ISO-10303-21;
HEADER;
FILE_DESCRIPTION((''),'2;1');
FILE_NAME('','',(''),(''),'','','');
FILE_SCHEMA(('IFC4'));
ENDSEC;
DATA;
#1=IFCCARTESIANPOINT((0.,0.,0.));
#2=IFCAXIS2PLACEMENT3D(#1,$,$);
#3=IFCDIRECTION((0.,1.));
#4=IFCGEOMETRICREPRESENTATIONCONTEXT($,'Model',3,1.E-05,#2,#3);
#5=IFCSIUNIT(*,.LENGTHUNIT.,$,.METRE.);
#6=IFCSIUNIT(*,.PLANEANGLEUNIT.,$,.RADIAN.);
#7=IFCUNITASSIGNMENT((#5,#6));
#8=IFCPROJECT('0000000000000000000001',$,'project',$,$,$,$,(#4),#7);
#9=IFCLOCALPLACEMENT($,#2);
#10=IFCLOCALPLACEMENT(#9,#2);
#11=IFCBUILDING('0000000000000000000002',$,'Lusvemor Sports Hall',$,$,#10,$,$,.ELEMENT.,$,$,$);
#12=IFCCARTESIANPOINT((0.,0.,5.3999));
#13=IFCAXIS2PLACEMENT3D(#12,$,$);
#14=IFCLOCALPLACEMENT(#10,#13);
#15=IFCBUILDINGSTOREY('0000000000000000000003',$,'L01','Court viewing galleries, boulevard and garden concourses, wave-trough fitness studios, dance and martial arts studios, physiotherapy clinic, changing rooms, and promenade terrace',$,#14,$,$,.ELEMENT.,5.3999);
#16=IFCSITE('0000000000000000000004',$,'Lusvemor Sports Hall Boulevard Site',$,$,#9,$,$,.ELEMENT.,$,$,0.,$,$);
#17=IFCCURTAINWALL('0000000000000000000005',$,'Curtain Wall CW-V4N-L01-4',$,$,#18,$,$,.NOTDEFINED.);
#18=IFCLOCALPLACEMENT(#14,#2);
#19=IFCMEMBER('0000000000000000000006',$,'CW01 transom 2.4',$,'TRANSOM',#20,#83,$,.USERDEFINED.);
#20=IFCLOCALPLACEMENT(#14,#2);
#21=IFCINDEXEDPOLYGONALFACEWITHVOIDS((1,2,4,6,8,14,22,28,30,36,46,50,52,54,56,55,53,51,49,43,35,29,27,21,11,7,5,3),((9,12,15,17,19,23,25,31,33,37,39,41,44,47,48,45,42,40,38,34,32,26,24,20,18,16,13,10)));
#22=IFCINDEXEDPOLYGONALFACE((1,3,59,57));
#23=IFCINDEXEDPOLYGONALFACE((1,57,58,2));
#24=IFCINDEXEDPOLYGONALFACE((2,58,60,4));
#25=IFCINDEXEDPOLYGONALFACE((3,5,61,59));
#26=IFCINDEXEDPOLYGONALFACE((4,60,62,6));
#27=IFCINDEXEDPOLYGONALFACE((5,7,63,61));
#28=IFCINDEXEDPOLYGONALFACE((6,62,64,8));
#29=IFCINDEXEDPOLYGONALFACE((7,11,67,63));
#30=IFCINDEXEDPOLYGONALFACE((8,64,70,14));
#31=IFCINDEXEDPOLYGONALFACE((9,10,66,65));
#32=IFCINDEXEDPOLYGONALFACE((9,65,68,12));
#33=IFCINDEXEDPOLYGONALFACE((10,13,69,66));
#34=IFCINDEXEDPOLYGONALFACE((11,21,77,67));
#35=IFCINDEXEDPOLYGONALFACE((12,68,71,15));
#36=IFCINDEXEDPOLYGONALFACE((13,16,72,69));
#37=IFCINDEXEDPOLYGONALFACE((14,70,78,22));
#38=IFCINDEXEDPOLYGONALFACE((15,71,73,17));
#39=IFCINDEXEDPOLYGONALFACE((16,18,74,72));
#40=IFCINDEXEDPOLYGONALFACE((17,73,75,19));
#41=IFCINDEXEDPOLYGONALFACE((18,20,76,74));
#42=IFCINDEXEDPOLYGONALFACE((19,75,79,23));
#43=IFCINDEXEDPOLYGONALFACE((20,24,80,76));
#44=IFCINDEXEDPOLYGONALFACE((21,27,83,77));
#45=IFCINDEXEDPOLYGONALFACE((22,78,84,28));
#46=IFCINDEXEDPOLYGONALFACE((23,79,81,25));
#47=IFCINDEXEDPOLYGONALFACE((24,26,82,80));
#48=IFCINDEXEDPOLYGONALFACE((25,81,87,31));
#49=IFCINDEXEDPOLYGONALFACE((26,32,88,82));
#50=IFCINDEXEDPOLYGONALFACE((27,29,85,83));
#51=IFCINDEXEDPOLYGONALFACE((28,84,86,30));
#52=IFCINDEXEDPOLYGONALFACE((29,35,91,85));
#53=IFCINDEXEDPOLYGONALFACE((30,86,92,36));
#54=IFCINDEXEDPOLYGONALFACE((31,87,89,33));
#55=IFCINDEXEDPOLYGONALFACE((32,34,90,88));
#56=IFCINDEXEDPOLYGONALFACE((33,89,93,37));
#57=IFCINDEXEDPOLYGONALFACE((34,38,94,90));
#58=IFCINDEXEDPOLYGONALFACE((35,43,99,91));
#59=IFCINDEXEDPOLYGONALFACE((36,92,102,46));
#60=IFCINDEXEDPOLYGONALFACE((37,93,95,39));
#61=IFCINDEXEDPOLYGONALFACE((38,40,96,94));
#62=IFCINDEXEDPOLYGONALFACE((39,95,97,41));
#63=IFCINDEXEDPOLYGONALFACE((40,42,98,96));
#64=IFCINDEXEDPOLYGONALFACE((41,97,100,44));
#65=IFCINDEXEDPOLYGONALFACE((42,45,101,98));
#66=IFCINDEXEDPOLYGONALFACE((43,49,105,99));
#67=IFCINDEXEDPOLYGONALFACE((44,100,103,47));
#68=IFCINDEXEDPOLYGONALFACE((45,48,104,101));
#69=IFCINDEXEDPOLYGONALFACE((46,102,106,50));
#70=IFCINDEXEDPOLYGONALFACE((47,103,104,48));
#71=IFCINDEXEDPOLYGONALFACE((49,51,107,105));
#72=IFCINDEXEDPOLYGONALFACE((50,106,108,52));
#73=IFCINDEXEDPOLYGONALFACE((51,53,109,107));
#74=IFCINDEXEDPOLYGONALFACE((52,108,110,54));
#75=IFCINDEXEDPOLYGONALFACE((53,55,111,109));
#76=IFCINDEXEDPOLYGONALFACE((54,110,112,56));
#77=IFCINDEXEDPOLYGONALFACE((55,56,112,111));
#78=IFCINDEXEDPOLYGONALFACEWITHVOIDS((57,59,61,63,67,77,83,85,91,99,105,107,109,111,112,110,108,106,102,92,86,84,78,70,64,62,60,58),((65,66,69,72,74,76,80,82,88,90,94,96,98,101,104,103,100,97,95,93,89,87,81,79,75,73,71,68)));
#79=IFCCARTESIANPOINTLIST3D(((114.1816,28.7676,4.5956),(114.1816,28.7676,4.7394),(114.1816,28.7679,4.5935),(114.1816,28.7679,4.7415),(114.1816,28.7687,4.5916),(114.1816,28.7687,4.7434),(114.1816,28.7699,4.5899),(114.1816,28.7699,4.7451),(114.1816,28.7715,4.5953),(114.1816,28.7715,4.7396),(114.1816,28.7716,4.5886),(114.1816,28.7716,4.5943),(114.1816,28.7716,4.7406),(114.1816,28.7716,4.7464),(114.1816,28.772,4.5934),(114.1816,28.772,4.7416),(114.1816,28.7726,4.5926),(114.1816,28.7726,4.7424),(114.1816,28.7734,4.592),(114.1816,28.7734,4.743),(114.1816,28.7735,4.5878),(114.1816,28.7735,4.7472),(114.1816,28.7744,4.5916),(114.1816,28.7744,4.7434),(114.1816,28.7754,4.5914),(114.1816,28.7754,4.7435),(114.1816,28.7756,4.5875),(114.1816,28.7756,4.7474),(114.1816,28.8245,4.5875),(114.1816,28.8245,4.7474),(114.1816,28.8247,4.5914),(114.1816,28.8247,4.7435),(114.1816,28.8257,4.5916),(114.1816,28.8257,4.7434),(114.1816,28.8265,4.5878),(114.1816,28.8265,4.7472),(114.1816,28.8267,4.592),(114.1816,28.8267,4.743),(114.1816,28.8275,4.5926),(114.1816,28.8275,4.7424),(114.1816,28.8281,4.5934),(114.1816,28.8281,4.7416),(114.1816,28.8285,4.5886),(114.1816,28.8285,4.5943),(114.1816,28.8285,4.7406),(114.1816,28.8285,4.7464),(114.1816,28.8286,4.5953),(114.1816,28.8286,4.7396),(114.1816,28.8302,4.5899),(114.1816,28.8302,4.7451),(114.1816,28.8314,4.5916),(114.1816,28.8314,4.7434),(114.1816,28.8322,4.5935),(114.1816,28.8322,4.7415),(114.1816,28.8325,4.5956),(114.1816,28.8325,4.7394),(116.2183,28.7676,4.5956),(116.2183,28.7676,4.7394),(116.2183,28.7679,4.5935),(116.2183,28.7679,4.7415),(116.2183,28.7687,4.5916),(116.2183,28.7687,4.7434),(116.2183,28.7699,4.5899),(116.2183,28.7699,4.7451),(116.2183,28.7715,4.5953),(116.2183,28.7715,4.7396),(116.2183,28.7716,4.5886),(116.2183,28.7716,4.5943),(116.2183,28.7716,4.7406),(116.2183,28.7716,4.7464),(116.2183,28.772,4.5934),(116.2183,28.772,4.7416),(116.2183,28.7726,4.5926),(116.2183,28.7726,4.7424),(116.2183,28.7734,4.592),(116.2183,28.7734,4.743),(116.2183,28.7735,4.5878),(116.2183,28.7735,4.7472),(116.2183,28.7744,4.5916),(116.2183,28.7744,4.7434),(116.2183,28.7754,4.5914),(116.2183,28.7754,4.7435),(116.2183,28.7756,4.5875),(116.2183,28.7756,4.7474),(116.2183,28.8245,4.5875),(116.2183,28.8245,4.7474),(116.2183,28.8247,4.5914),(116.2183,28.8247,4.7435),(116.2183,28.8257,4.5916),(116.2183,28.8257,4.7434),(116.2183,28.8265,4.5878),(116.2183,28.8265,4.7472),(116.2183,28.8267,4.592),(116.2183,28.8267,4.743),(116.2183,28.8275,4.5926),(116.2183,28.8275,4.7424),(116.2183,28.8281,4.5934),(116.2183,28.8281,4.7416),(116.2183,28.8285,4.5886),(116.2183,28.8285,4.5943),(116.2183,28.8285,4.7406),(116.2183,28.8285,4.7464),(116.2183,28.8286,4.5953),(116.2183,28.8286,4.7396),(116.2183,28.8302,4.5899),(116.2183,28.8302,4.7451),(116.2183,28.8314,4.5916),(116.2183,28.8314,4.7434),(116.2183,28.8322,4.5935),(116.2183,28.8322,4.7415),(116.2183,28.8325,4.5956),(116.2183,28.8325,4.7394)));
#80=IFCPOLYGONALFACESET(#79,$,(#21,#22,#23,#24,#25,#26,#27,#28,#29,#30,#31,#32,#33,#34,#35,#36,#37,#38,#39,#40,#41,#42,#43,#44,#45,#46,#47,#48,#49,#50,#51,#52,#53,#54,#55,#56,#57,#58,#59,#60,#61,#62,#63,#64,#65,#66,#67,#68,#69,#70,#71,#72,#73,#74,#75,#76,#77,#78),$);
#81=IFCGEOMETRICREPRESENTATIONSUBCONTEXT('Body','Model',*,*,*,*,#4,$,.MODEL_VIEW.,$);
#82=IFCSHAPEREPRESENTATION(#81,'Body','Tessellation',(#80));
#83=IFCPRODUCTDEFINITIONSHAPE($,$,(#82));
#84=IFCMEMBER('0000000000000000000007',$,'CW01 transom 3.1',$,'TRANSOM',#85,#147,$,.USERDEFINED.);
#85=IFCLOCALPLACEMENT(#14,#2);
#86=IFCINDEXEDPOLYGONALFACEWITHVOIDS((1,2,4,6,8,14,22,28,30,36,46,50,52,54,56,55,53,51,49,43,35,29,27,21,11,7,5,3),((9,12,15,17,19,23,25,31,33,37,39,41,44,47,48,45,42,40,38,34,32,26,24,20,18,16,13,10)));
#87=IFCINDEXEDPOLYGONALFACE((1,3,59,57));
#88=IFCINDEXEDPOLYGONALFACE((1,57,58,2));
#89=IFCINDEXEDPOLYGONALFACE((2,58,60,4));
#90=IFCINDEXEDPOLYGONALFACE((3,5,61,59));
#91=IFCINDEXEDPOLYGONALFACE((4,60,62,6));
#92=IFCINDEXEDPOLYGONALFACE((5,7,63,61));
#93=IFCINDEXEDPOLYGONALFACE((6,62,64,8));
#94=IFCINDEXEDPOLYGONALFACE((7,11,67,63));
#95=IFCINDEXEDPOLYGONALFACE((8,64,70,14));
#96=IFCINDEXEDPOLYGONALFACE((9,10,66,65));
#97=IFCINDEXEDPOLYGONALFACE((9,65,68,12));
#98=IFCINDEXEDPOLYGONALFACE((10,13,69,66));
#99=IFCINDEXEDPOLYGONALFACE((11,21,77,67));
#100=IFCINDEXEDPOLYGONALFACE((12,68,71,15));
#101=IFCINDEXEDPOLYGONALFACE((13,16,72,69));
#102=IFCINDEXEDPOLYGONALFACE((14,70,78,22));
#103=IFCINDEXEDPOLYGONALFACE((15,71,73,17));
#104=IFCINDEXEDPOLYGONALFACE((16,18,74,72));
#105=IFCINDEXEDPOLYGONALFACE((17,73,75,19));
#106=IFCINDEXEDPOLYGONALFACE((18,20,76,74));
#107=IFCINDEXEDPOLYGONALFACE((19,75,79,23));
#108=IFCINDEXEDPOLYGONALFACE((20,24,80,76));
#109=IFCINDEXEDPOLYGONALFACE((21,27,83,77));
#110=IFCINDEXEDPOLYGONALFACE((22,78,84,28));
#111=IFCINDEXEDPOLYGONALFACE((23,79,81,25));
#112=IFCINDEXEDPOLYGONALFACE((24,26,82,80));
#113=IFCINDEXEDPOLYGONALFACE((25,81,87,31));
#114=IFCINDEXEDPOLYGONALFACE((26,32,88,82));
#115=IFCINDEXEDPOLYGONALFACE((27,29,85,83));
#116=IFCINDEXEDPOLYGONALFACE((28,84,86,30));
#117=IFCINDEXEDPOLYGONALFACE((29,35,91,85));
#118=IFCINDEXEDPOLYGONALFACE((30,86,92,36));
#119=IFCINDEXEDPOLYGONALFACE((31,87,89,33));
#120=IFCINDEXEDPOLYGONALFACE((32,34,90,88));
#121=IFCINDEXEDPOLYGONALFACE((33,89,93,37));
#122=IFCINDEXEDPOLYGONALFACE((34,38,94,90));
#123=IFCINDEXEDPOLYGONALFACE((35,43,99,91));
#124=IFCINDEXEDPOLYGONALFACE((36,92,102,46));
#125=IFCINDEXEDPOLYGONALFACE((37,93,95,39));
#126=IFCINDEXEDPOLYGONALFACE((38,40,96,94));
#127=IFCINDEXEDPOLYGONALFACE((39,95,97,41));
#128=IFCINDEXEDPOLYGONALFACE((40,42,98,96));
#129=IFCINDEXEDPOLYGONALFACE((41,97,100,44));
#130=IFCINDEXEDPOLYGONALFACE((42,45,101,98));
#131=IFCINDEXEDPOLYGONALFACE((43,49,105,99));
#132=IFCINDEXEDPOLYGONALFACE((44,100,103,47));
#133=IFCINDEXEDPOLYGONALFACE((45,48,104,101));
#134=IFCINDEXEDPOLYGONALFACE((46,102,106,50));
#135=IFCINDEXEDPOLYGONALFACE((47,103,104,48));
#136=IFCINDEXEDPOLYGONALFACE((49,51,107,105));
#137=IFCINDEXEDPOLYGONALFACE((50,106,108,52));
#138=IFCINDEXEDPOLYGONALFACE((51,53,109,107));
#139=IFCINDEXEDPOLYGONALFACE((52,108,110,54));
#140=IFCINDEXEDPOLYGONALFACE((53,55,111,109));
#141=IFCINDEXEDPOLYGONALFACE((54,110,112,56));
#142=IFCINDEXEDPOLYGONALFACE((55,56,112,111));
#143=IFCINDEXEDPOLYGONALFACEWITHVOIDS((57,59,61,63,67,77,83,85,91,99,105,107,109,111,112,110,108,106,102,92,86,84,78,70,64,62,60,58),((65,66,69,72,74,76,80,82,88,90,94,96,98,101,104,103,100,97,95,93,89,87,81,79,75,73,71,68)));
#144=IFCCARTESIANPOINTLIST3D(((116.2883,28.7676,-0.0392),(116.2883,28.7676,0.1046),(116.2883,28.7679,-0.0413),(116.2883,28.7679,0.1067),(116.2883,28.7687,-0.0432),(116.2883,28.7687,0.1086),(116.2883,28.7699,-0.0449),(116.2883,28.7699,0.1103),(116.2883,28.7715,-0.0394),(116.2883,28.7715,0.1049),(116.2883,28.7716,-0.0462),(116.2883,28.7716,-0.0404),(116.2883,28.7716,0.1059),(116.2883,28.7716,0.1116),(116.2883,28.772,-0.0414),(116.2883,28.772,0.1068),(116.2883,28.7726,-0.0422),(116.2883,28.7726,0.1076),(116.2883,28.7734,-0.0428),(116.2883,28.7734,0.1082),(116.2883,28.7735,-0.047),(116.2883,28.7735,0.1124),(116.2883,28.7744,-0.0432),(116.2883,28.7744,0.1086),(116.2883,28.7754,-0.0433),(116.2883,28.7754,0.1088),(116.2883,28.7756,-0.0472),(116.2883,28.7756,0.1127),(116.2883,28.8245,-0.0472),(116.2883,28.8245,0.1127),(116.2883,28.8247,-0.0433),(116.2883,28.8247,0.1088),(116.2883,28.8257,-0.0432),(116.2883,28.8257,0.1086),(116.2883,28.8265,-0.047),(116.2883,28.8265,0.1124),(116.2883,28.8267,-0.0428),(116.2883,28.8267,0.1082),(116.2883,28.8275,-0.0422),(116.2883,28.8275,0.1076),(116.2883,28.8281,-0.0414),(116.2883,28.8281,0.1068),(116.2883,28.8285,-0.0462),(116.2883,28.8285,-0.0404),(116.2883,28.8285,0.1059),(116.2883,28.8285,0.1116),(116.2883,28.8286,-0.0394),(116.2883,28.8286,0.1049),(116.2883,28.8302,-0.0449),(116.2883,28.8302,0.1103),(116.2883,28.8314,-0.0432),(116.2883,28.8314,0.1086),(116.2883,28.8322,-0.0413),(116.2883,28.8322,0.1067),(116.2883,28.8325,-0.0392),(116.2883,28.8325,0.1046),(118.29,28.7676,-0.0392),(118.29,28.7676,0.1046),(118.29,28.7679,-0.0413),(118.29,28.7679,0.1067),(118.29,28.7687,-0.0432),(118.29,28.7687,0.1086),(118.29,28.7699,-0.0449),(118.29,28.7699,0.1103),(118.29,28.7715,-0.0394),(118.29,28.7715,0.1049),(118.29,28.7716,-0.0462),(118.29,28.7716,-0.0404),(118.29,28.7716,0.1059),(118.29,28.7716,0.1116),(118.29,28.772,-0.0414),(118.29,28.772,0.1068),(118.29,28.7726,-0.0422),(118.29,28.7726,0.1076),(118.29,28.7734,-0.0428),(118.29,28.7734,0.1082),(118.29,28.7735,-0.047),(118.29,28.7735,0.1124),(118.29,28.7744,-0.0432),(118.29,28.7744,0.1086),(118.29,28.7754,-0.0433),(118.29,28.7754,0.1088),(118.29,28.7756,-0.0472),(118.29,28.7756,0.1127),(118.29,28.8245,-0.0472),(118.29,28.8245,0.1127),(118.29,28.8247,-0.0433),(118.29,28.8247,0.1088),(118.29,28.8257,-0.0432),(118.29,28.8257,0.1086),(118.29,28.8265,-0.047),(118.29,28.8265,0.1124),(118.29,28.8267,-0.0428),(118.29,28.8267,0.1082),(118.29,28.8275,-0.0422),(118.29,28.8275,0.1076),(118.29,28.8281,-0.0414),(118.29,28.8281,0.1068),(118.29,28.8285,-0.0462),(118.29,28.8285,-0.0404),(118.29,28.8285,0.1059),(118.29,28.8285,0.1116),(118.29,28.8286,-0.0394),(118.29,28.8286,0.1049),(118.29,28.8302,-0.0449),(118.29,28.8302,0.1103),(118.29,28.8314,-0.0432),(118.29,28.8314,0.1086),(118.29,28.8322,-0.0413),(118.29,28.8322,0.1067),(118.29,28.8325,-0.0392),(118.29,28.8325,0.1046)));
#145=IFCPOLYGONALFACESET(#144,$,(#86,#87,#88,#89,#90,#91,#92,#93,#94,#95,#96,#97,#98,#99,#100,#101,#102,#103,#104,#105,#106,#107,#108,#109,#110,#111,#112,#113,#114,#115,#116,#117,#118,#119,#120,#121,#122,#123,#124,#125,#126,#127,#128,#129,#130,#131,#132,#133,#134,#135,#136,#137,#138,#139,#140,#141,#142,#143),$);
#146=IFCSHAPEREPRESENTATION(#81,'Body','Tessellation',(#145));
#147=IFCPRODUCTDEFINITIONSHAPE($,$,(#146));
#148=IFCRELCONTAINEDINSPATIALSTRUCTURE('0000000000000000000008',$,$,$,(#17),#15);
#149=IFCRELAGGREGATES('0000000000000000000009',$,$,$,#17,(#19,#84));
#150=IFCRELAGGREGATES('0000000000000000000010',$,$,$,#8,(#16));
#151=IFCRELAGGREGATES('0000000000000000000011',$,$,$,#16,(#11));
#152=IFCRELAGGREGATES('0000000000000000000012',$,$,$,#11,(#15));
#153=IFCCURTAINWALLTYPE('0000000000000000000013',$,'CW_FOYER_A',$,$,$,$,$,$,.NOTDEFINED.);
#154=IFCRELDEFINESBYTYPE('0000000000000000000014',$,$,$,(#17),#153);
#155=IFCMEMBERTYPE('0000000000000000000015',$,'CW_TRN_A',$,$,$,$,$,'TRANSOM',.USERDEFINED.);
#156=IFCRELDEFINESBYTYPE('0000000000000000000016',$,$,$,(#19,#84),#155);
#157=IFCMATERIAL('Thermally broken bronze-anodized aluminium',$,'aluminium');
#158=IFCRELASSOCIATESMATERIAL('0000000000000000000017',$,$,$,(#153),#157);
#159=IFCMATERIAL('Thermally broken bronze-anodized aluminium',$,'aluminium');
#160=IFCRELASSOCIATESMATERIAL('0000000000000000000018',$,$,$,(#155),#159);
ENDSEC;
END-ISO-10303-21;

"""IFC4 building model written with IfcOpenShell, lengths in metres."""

from ifc_helpers import new_model, si_unit, direction, frame, origin, origin_2d, place, context, subcontext, project, spatial, hollow_rectangle, extrude, material, material_profile, profile_set, type_object, element, aggregate, save


model = new_model("IFC4")

# Units and contexts
model_context = context("Model", 3, precision=1e-05, world=origin(), true_north=direction((0.0, 1.0)))
body_context = subcontext(model_context, "Body", "Model", "MODEL_VIEW")
ifc_project = project(units=[si_unit("LENGTHUNIT", "METRE"), si_unit("PLANEANGLEUNIT", "RADIAN")], contexts=[model_context])

# Site, building, storey
site_placement = place(None, origin())
site = spatial("IfcSite", under=ifc_project, at=site_placement, Name="Lusvemor Sports Hall Boulevard Site", CompositionType="ELEMENT", RefElevation=0.0)
building_placement = place(site_placement, origin())
building = spatial("IfcBuilding", under=site, at=building_placement, Name="Lusvemor Sports Hall", CompositionType="ELEMENT")
storey_placement = place(building_placement, frame((0.0, 0.0, 5.3999)))
storey = spatial("IfcBuildingStorey", under=building, at=storey_placement, Name="L01", Description="Court viewing galleries, boulevard and garden concourses, wave-trough fitness studios, dance and martial arts studios, physiotherapy clinic, changing rooms, and promenade terrace", CompositionType="ELEMENT", Elevation=5.3999)

# Curtain wall
ifc_material_1 = material(Name="Thermally broken bronze-anodized aluminium", Category="aluminium")
curtain_wall_type_1 = type_object("IfcCurtainWallType", Name="CW_FOYER_A", PredefinedType="NOTDEFINED", material=ifc_material_1)
curtain_wall_1_placement = place(storey_placement, origin())
curtain_wall_1 = element("IfcCurtainWall", 1, at=curtain_wall_1_placement, inside=storey, type_object=curtain_wall_type_1, Name="Curtain Wall CW-V4N-L01-4", PredefinedType="NOTDEFINED")

# Members
ifc_material_2 = material(Name="Thermally broken bronze-anodized aluminium", Category="aluminium")
ifc_material_profile_1 = material_profile(ifc_material_2, hollow_rectangle(XDim=0.0649, YDim=0.1599, WallThickness=0.0039, InnerFilletRadius=0.0039, OuterFilletRadius=0.0081, at=origin_2d()), Name="CWTRN160x65x4")
ifc_profile_set_1 = profile_set([ifc_material_profile_1], Name="Thermally broken bronze-anodized aluminium")
member_type_1 = type_object("IfcMemberType", Name="CW_TRN_A", ElementType="TRANSOM", PredefinedType="USERDEFINED", material=ifc_profile_set_1)
member_1_placement = place(storey_placement, frame((114.1816, 28.8, 4.6675), z_axis=(1.0, 0.0, 0.0), x_axis=(0.0, 1.0, 0.0)))
member_1 = element("IfcMember", 2, at=member_1_placement, type_object=member_type_1, Name="CW01 transom 2.4", ObjectType="TRANSOM", PredefinedType="USERDEFINED", context=body_context, shape_type="SweptSolid", body=[
    extrude(hollow_rectangle(XDim=0.0649, YDim=0.1599, WallThickness=0.0039, InnerFilletRadius=0.0039, OuterFilletRadius=0.0081, at=origin_2d()), origin(), (0.0, 0.0, 1.0), 2.0366),
])
member_2_placement = place(storey_placement, frame((116.2883, 28.8, 0.0327), z_axis=(1.0, 0.0, 0.0), x_axis=(0.0, 1.0, 0.0)))
member_2 = element("IfcMember", 3, at=member_2_placement, type_object=member_type_1, Name="CW01 transom 3.1", ObjectType="TRANSOM", PredefinedType="USERDEFINED", context=body_context, shape_type="SweptSolid", body=[
    extrude(hollow_rectangle(XDim=0.0649, YDim=0.1599, WallThickness=0.0039, InnerFilletRadius=0.0039, OuterFilletRadius=0.0081, at=origin_2d()), origin(), (0.0, 0.0, 1.0), 2.0017),
])

aggregate(curtain_wall_1, [member_1, member_2])

save(model, "model.ifc")
